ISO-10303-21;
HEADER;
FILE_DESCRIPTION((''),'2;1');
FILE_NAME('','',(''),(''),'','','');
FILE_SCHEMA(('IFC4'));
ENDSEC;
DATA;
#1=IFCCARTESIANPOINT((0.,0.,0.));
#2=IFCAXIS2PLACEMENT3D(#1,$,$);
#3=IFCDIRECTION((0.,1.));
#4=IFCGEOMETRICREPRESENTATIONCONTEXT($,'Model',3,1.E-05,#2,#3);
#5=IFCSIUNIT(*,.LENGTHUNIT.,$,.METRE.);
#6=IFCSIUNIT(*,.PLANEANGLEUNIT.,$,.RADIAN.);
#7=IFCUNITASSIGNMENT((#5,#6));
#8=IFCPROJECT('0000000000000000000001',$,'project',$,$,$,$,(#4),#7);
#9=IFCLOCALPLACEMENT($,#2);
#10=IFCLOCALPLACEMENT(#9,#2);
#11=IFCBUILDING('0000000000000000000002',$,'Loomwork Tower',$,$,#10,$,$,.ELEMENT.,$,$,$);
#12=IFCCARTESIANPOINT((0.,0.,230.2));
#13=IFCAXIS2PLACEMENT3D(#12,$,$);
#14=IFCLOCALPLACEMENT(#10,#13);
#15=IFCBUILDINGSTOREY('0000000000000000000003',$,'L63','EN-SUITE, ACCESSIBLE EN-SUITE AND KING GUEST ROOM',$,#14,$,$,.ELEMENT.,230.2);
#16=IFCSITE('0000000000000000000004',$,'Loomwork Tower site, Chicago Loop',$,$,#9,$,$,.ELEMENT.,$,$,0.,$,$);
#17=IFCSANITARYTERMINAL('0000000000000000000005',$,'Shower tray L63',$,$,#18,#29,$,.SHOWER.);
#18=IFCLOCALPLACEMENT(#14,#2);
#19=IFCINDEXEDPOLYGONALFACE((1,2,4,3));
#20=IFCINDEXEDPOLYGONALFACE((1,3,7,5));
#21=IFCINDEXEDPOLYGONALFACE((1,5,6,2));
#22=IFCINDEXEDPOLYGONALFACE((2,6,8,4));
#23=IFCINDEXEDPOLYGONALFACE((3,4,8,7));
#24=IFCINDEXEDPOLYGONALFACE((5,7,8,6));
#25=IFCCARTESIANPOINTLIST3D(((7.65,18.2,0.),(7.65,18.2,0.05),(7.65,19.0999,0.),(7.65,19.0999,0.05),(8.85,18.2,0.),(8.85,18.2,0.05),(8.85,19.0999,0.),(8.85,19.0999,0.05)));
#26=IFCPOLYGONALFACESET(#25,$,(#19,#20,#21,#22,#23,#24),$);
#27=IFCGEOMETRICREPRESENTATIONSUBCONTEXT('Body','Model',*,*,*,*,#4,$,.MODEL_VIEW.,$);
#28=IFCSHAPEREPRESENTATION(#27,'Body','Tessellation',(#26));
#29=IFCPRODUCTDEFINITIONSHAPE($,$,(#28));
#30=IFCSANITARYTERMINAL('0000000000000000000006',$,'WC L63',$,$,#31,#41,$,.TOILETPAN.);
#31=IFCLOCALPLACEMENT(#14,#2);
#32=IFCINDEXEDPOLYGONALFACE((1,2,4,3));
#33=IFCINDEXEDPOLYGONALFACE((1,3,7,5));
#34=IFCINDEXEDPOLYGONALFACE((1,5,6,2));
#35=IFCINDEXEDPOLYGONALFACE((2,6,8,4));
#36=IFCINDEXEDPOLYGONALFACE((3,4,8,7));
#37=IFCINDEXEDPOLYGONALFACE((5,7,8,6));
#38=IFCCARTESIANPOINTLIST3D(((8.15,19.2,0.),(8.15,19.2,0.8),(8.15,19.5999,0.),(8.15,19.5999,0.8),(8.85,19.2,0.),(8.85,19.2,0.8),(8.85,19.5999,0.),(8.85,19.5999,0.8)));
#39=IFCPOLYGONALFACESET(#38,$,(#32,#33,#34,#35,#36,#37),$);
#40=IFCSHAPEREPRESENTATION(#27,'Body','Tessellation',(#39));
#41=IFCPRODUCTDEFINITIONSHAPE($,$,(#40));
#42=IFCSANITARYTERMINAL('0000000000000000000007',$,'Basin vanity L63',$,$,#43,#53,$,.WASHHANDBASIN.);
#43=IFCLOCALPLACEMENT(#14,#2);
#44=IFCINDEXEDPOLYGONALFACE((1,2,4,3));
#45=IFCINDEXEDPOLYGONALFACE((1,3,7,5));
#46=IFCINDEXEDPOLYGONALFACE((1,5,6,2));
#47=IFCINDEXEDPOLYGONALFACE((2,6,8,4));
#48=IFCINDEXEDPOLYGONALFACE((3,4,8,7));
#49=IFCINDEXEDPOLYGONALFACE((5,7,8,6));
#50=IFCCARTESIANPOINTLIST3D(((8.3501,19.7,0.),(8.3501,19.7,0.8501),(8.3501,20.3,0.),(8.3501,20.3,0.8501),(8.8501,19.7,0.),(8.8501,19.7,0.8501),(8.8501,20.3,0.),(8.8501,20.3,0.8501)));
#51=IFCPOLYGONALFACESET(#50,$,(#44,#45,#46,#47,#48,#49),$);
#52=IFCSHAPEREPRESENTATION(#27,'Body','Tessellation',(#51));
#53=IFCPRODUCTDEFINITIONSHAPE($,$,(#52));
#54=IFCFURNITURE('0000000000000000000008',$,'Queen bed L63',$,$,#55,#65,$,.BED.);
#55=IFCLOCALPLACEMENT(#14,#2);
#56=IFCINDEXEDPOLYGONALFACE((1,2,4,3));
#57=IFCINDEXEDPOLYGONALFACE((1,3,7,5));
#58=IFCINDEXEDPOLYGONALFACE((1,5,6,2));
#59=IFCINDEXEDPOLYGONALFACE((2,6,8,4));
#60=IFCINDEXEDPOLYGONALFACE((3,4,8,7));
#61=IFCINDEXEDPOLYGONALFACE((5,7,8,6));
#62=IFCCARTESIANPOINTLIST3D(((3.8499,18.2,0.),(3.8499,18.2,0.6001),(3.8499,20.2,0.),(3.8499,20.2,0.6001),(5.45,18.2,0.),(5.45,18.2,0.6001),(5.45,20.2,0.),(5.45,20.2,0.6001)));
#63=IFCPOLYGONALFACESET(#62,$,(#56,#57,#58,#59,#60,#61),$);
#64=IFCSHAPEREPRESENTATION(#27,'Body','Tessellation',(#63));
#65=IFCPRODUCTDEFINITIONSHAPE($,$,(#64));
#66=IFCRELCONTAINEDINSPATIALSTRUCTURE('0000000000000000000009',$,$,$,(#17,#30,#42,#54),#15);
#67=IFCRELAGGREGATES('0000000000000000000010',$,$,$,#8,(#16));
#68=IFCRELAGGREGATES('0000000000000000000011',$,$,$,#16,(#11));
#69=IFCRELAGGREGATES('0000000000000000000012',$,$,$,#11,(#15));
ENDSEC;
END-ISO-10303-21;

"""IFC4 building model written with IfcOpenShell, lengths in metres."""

from ifc_helpers import new_model, si_unit, direction, frame, origin, origin_2d, place, context, subcontext, project, spatial, rectangle, extrude, element, save


model = new_model("IFC4")

# Units and contexts
model_context = context("Model", 3, precision=1e-05, world=origin(), true_north=direction((0.0, 1.0)))
body_context = subcontext(model_context, "Body", "Model", "MODEL_VIEW")
ifc_project = project(units=[si_unit("LENGTHUNIT", "METRE"), si_unit("PLANEANGLEUNIT", "RADIAN")], contexts=[model_context])

# Site, building, storey
site_placement = place(None, origin())
site = spatial("IfcSite", under=ifc_project, at=site_placement, Name="Loomwork Tower site, Chicago Loop", CompositionType="ELEMENT", RefElevation=0.0)
building_placement = place(site_placement, origin())
building = spatial("IfcBuilding", under=site, at=building_placement, Name="Loomwork Tower", CompositionType="ELEMENT")
storey_placement = place(building_placement, frame((0.0, 0.0, 230.2)))
storey = spatial("IfcBuildingStorey", under=building, at=storey_placement, Name="L63", Description="EN-SUITE, ACCESSIBLE EN-SUITE AND KING GUEST ROOM", CompositionType="ELEMENT", Elevation=230.2)

# Sanitary terminals
sanitary_terminal_1_placement = place(storey_placement, frame((8.25, 18.6499, 0.0), z_axis=(0.0, 0.0, 1.0), x_axis=(1.0, 0.0, 0.0)))
element("IfcSanitaryTerminal", 1, at=sanitary_terminal_1_placement, inside=storey, Name="Shower tray L63", PredefinedType="SHOWER", context=body_context, shape_type="SweptSolid", body=[
    extrude(rectangle(XDim=1.2, YDim=0.8999, at=origin_2d()), origin(), (0.0, 0.0, 1.0), 0.05),
])
sanitary_terminal_2_placement = place(storey_placement, frame((8.5, 19.3999, 0.0), z_axis=(0.0, 0.0, 1.0), x_axis=(1.0, 0.0, 0.0)))
element("IfcSanitaryTerminal", 2, at=sanitary_terminal_2_placement, inside=storey, Name="WC L63", PredefinedType="TOILETPAN", context=body_context, shape_type="SweptSolid", body=[
    extrude(rectangle(XDim=0.7, YDim=0.3999, at=origin_2d()), origin(), (0.0, 0.0, 1.0), 0.8),
])
sanitary_terminal_3_placement = place(storey_placement, frame((8.6001, 20.0, 0.0), z_axis=(0.0, 0.0, 1.0), x_axis=(1.0, 0.0, 0.0)))
element("IfcSanitaryTerminal", 3, at=sanitary_terminal_3_placement, inside=storey, Name="Basin vanity L63", PredefinedType="WASHHANDBASIN", context=body_context, shape_type="SweptSolid", body=[
    extrude(rectangle(XDim=0.5, YDim=0.6001, at=origin_2d()), origin(), (0.0, 0.0, 1.0), 0.8501),
])

# Furniture
furniture_placement = place(storey_placement, frame((4.6499, 19.2, 0.0), z_axis=(0.0, 0.0, 1.0), x_axis=(1.0, 0.0, 0.0)))
element("IfcFurniture", 4, at=furniture_placement, inside=storey, Name="Queen bed L63", PredefinedType="BED", context=body_context, shape_type="SweptSolid", body=[
    extrude(rectangle(XDim=1.6001, YDim=2.0, at=origin_2d()), origin(), (0.0, 0.0, 1.0), 0.6001),
])

save(model, "model.ifc")
